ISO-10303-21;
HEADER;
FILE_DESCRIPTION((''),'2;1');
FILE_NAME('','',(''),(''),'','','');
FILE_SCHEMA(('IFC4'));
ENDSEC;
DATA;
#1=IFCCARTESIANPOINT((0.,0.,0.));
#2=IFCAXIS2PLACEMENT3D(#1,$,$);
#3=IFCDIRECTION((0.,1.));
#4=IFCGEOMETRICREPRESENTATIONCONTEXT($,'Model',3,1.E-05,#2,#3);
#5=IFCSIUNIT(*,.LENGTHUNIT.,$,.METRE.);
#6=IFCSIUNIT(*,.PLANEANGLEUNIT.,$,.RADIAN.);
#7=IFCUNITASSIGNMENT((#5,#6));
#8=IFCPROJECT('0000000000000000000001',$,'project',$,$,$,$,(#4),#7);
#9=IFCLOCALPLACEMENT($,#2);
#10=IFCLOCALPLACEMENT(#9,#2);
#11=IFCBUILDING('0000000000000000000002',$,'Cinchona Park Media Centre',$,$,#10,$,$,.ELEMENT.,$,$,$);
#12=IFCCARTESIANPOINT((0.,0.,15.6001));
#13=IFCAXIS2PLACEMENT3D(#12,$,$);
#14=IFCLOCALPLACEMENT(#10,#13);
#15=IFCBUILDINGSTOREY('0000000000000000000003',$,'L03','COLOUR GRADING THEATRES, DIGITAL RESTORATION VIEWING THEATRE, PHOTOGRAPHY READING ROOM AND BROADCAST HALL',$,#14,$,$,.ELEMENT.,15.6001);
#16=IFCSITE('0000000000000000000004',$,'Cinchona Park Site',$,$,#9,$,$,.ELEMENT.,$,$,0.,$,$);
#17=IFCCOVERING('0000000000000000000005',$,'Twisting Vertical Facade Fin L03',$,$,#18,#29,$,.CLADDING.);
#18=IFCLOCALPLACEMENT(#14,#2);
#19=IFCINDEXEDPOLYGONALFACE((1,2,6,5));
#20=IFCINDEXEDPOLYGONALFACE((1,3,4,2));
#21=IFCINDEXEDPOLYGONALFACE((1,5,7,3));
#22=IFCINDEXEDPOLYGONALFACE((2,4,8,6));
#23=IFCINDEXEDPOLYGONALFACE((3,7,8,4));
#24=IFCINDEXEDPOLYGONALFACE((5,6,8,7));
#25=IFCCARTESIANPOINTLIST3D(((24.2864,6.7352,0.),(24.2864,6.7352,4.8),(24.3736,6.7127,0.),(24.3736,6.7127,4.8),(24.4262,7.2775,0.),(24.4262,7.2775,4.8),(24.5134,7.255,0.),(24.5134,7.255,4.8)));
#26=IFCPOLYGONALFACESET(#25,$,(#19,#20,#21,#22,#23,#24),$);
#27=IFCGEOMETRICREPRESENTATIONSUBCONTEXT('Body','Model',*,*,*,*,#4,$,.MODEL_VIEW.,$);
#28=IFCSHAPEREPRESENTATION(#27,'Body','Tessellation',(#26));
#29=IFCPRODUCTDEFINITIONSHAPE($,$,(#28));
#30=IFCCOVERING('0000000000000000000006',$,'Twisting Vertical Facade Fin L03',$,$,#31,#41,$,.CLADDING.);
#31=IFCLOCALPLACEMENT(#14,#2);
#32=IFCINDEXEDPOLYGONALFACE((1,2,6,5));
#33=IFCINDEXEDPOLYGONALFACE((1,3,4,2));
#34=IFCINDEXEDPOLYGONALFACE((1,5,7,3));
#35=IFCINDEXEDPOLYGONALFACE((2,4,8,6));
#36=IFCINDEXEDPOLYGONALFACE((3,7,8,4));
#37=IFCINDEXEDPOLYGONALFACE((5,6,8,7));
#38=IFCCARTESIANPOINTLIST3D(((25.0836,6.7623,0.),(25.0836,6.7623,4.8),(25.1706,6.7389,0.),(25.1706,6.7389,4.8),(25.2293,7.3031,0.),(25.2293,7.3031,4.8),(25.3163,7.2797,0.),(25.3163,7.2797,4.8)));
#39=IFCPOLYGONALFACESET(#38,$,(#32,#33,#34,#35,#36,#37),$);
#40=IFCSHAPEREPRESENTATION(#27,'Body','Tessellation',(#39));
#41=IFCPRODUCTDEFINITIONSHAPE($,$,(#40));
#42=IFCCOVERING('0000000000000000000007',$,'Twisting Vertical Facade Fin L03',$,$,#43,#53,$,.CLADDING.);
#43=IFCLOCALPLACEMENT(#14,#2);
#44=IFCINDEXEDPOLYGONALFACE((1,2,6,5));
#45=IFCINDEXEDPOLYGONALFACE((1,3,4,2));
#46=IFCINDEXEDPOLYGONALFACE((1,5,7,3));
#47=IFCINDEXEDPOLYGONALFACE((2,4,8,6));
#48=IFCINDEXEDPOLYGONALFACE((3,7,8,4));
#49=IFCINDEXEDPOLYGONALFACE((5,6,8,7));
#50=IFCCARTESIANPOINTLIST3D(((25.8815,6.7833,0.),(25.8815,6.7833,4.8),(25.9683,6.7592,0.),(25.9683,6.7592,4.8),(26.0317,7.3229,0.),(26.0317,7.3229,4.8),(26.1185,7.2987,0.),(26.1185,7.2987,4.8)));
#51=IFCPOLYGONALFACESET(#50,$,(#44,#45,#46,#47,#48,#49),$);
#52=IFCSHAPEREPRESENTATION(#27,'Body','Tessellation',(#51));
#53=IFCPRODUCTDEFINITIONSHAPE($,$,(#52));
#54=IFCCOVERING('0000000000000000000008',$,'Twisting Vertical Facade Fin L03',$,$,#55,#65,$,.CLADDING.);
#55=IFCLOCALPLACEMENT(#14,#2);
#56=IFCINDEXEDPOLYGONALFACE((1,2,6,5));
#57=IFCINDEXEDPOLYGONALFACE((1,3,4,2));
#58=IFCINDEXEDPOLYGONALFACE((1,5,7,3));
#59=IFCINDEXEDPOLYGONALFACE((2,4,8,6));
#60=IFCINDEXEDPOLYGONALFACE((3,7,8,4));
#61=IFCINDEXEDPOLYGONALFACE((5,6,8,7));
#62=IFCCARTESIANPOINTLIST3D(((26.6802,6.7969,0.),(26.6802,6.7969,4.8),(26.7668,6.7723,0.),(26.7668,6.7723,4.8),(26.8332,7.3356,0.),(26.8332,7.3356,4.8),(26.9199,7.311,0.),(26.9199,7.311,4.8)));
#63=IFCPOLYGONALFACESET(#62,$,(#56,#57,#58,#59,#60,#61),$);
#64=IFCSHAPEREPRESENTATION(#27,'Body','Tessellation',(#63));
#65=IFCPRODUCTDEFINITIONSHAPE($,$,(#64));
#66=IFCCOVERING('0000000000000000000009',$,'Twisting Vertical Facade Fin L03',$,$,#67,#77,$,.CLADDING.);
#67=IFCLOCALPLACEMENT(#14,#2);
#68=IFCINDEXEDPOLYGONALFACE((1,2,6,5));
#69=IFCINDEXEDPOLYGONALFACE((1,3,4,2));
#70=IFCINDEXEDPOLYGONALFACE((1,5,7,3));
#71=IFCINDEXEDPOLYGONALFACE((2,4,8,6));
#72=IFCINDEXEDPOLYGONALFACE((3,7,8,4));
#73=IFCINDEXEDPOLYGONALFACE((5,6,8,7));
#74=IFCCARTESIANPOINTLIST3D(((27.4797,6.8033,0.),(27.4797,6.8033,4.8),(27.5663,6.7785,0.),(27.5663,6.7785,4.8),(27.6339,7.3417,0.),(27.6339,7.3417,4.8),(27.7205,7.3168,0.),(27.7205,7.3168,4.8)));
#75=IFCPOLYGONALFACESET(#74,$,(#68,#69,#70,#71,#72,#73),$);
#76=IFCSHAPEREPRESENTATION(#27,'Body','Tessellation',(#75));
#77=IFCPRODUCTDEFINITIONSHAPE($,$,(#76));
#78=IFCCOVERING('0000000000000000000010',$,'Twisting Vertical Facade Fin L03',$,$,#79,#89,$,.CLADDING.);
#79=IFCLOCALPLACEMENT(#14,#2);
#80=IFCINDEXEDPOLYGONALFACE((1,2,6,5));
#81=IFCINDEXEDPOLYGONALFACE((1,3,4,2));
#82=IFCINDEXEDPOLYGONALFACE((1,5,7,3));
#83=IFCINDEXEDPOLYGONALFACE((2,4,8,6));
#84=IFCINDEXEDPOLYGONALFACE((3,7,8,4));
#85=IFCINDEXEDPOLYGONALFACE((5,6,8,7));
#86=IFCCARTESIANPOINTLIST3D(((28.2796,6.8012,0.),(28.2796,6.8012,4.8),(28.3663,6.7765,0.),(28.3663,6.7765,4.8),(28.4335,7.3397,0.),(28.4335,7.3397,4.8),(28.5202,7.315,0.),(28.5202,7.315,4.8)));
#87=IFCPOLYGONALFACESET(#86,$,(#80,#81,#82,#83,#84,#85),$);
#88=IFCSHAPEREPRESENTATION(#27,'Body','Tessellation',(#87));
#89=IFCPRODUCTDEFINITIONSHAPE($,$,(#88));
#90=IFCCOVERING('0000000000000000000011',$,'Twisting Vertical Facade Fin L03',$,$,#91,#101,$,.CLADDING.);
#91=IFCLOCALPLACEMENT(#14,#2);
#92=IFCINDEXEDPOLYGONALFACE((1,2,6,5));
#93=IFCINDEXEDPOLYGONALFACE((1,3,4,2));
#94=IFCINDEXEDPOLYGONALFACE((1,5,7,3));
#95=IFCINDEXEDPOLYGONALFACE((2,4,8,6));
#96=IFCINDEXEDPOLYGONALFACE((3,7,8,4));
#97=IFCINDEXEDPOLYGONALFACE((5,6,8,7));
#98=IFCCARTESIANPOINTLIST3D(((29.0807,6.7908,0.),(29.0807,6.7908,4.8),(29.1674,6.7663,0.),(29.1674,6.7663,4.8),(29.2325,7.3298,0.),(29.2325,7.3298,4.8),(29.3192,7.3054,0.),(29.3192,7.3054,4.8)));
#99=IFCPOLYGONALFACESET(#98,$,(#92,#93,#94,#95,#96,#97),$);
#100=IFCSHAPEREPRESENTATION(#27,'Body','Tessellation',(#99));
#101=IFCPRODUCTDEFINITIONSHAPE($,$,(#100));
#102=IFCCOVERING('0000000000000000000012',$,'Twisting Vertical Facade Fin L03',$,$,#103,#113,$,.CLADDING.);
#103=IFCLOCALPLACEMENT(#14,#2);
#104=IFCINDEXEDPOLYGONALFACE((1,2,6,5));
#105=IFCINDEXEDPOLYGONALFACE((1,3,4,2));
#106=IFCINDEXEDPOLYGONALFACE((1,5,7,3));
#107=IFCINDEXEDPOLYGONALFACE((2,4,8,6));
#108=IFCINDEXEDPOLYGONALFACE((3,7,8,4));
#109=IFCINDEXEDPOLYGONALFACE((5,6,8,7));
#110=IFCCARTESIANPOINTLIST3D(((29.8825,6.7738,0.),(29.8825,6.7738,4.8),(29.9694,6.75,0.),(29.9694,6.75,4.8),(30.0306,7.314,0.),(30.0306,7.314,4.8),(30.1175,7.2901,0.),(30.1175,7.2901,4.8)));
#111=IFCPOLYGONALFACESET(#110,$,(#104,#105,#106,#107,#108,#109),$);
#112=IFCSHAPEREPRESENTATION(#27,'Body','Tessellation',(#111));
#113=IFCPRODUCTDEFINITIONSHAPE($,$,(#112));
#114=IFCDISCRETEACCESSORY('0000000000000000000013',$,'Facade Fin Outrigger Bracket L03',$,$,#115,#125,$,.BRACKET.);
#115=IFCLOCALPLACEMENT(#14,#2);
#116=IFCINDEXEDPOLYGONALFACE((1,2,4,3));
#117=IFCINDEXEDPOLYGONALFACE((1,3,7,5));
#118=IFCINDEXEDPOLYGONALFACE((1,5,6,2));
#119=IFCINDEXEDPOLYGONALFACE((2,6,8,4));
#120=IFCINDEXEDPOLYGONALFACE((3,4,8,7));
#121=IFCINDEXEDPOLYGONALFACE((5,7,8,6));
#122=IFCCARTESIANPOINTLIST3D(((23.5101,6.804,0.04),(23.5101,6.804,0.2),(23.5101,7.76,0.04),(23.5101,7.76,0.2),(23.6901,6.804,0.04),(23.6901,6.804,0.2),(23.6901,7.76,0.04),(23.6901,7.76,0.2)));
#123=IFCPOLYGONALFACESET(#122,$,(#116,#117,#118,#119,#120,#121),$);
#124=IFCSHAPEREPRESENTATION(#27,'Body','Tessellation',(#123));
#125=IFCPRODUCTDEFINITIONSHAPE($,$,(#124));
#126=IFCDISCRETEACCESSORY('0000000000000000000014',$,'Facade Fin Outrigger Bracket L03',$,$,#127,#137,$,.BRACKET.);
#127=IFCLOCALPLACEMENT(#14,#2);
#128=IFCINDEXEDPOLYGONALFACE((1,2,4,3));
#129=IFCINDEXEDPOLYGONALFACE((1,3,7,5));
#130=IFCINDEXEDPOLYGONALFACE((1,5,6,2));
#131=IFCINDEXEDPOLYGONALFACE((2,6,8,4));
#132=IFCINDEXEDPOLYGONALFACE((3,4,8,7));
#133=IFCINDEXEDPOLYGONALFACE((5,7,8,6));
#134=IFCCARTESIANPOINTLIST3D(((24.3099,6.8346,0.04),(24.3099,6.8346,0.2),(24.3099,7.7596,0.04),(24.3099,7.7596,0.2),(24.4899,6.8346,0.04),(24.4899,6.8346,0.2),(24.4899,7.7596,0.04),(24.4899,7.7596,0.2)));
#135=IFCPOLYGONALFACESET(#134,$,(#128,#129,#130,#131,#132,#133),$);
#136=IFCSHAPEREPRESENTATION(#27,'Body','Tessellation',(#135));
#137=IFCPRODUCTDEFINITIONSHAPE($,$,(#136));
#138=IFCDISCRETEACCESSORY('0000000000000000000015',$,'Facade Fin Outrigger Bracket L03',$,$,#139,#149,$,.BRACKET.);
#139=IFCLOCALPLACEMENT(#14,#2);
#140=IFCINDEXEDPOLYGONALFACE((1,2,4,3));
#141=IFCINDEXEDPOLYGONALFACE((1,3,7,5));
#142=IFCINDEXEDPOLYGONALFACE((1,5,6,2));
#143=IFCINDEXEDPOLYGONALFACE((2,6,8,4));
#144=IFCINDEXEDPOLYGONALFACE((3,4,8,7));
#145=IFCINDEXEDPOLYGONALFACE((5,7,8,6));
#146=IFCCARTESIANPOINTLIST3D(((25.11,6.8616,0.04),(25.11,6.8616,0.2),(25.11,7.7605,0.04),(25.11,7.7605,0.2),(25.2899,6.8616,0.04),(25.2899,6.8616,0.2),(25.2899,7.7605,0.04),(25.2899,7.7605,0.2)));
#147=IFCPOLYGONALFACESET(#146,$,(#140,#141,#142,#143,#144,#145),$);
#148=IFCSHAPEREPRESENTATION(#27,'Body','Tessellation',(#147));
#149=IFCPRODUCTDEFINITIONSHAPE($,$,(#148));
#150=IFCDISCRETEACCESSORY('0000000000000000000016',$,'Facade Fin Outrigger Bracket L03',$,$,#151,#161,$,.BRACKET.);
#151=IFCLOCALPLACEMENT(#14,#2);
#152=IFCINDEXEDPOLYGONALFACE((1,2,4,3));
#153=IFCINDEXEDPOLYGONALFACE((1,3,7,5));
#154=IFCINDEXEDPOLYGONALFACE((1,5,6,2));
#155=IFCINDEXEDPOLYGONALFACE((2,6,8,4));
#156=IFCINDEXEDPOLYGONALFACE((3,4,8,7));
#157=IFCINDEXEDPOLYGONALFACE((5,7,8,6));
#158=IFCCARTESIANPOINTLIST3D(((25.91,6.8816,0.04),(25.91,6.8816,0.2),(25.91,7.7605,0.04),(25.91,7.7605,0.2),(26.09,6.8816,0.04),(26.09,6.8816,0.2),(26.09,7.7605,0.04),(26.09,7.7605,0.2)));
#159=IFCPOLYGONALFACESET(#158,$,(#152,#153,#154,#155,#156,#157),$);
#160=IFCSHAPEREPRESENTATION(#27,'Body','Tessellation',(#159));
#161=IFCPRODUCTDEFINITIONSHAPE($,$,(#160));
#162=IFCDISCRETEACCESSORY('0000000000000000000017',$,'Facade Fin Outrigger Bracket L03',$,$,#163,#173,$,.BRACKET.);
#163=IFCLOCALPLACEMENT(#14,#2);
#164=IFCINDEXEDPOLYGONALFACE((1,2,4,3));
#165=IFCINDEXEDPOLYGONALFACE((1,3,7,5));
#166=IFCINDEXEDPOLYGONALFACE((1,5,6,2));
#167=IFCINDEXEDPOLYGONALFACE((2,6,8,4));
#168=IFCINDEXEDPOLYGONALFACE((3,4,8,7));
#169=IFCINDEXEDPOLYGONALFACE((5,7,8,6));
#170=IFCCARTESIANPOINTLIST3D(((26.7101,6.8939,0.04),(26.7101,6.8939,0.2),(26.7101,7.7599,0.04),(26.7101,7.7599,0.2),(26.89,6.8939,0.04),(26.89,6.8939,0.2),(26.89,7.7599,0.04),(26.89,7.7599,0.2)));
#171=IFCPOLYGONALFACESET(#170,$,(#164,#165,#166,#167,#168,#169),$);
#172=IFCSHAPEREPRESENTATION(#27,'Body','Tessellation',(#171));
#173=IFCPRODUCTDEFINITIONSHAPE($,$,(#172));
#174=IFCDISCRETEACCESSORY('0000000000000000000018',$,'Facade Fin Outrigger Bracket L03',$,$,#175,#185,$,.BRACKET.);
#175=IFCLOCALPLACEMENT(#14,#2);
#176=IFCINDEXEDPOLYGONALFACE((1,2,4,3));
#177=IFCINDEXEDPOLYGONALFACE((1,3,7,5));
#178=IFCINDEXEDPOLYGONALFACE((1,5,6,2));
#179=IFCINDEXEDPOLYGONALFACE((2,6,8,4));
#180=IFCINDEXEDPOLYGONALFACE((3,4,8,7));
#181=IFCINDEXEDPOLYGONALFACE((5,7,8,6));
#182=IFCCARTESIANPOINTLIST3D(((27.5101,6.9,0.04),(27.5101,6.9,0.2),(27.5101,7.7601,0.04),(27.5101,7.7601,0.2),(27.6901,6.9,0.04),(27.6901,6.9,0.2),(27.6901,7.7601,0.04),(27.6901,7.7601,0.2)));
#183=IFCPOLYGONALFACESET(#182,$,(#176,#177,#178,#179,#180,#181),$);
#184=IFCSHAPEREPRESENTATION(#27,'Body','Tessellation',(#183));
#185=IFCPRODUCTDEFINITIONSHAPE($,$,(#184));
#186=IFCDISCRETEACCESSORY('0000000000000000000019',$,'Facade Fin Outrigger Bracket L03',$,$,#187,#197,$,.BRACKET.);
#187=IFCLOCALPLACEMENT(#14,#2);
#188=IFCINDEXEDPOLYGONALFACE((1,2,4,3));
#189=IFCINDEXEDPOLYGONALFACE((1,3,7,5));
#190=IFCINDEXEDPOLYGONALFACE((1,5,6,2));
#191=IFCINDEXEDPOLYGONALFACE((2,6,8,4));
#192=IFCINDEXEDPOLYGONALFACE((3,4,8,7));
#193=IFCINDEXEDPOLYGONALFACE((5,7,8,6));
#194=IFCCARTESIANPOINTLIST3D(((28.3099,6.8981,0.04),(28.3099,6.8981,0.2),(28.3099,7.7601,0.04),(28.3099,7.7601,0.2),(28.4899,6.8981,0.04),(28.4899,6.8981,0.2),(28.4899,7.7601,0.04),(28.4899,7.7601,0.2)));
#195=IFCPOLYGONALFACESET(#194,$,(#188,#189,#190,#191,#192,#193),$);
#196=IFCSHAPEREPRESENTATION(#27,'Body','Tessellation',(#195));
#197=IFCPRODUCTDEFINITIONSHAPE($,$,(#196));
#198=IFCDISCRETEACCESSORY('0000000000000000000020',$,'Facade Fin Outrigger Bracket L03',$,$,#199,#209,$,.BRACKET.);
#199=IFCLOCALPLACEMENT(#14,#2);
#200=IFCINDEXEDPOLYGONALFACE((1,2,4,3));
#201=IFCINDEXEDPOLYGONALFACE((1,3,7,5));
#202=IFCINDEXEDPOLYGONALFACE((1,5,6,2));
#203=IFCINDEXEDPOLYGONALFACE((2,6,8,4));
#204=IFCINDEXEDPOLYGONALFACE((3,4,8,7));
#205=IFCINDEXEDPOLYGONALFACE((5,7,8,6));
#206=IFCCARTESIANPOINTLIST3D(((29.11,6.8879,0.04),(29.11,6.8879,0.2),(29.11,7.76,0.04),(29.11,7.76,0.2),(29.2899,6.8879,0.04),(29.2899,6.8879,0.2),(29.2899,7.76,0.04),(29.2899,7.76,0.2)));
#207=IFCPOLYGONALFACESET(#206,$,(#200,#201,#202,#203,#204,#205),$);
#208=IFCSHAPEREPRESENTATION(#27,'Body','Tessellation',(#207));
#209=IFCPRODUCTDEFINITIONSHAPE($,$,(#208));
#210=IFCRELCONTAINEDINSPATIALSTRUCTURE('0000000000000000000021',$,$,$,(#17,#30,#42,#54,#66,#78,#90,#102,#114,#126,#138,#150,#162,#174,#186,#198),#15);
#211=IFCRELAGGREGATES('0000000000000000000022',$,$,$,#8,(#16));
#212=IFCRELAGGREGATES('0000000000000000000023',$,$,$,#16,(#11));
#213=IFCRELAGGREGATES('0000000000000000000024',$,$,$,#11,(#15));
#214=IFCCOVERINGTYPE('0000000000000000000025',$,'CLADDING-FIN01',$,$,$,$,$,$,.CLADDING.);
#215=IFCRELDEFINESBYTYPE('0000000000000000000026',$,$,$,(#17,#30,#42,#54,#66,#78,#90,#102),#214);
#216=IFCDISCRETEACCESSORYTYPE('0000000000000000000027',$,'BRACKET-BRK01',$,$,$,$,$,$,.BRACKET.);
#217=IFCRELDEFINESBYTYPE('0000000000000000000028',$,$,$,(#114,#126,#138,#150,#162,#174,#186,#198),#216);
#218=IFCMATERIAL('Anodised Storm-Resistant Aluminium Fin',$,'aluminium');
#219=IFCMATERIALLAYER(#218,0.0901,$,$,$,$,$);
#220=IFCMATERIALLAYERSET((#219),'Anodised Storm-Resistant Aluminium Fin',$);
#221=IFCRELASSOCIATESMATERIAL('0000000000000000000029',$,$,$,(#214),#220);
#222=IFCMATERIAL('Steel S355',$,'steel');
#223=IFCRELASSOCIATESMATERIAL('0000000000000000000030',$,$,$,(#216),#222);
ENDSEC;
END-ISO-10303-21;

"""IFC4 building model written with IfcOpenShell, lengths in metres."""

from ifc_helpers import new_model, si_unit, direction, frame, origin, origin_2d, place, context, subcontext, project, spatial, rectangle, extrude, material, layer, layer_set, type_object, element, save


model = new_model("IFC4")

# Units and contexts
model_context = context("Model", 3, precision=1e-05, world=origin(), true_north=direction((0.0, 1.0)))
body_context = subcontext(model_context, "Body", "Model", "MODEL_VIEW")
ifc_project = project(units=[si_unit("LENGTHUNIT", "METRE"), si_unit("PLANEANGLEUNIT", "RADIAN")], contexts=[model_context])

# Site, building, storey
site_placement = place(None, origin())
site = spatial("IfcSite", under=ifc_project, at=site_placement, Name="Cinchona Park Site", CompositionType="ELEMENT", RefElevation=0.0)
building_placement = place(site_placement, origin())
building = spatial("IfcBuilding", under=site, at=building_placement, Name="Cinchona Park Media Centre", CompositionType="ELEMENT")
storey_placement = place(building_placement, frame((0.0, 0.0, 15.6001)))
storey = spatial("IfcBuildingStorey", under=building, at=storey_placement, Name="L03", Description="COLOUR GRADING THEATRES, DIGITAL RESTORATION VIEWING THEATRE, PHOTOGRAPHY READING ROOM AND BROADCAST HALL", CompositionType="ELEMENT", Elevation=15.6001)

# Coverings
ifc_material_1 = material(Name="Anodised Storm-Resistant Aluminium Fin", Category="aluminium")
ifc_layer_1 = layer(ifc_material_1, 0.0901)
ifc_layer_set_1 = layer_set([ifc_layer_1], Name="Anodised Storm-Resistant Aluminium Fin")
covering_type = type_object("IfcCoveringType", Name="CLADDING-FIN01", PredefinedType="CLADDING", material=ifc_layer_set_1)
for number, where, z_axis, x_axis, name in (
    (1, (24.3999, 6.9951, 0.0), (0.0, 0.0, 1.0), (0.249535, 0.968366, 0.0), "Twisting Vertical Facade Fin L03"),
    (2, (25.2, 7.021, 0.0), (0.0, 0.0, 1.0), (0.259999, 0.965609, 0.0), "Twisting Vertical Facade Fin L03"),
    (3, (26.0, 7.041, 0.0), (0.0, 0.0, 1.0), (0.268079, 0.963397, 0.0), "Twisting Vertical Facade Fin L03"),
    (4, (26.8, 7.054, 0.0), (0.0, 0.0, 1.0), (0.273288, 0.961932, 0.0), "Twisting Vertical Facade Fin L03"),
    (5, (27.6001, 7.0601, 0.0), (0.0, 0.0, 1.0), (0.27547, 0.96131, 0.0), "Twisting Vertical Facade Fin L03"),
    (6, (28.3999, 7.0581, 0.0), (0.0, 0.0, 1.0), (0.274798, 0.961502, 0.0), "Twisting Vertical Facade Fin L03"),
    (7, (29.2, 7.0481, 0.0), (0.0, 0.0, 1.0), (0.271104, 0.96255, 0.0), "Twisting Vertical Facade Fin L03"),
    (8, (30.0, 7.032, 0.0), (0.0, 0.0, 1.0), (0.264378, 0.964419, 0.0), "Twisting Vertical Facade Fin L03"),
):
    element("IfcCovering", number, at=place(storey_placement, frame(where, z_axis=z_axis, x_axis=x_axis)), inside=storey, type_object=covering_type, Name=name, PredefinedType="CLADDING", context=body_context, shape_type="SweptSolid", body=[
        extrude(rectangle(XDim=0.5601, YDim=0.0901, at=origin_2d()), origin(), (0.0, 0.0, 1.0), 4.8),
    ])

# Discrete accessories
ifc_material_2 = material(Name="Steel S355", Category="steel")
discrete_accessory_type = type_object("IfcDiscreteAccessoryType", Name="BRACKET-BRK01", PredefinedType="BRACKET", material=ifc_material_2)
discrete_accessory_1_placement = place(storey_placement, frame((23.6001, 7.282, 0.04), z_axis=(0.0, 0.0, 1.0), x_axis=(1.0, 0.0, 0.0)))
element("IfcDiscreteAccessory", 9, at=discrete_accessory_1_placement, inside=storey, type_object=discrete_accessory_type, Name="Facade Fin Outrigger Bracket L03", PredefinedType="BRACKET", context=body_context, shape_type="SweptSolid", body=[
    extrude(rectangle(XDim=0.1799, YDim=0.9561, at=origin_2d()), origin(), (0.0, 0.0, 1.0), 0.1599),
])
discrete_accessory_2_placement = place(storey_placement, frame((24.3999, 7.2971, 0.04), z_axis=(0.0, 0.0, 1.0), x_axis=(1.0, 0.0, 0.0)))
element("IfcDiscreteAccessory", 10, at=discrete_accessory_2_placement, inside=storey, type_object=discrete_accessory_type, Name="Facade Fin Outrigger Bracket L03", PredefinedType="BRACKET", context=body_context, shape_type="SweptSolid", body=[
    extrude(rectangle(XDim=0.1799, YDim=0.925, at=origin_2d()), origin(), (0.0, 0.0, 1.0), 0.1599),
])
discrete_accessory_3_placement = place(storey_placement, frame((25.2, 7.311, 0.04), z_axis=(0.0, 0.0, 1.0), x_axis=(1.0, 0.0, 0.0)))
element("IfcDiscreteAccessory", 11, at=discrete_accessory_3_placement, inside=storey, type_object=discrete_accessory_type, Name="Facade Fin Outrigger Bracket L03", PredefinedType="BRACKET", context=body_context, shape_type="SweptSolid", body=[
    extrude(rectangle(XDim=0.1799, YDim=0.8989, at=origin_2d()), origin(), (0.0, 0.0, 1.0), 0.1599),
])
discrete_accessory_4_placement = place(storey_placement, frame((26.0, 7.321, 0.04), z_axis=(0.0, 0.0, 1.0), x_axis=(1.0, 0.0, 0.0)))
element("IfcDiscreteAccessory", 12, at=discrete_accessory_4_placement, inside=storey, type_object=discrete_accessory_type, Name="Facade Fin Outrigger Bracket L03", PredefinedType="BRACKET", context=body_context, shape_type="SweptSolid", body=[
    extrude(rectangle(XDim=0.1799, YDim=0.8789, at=origin_2d()), origin(), (0.0, 0.0, 1.0), 0.1599),
])
discrete_accessory_5_placement = place(storey_placement, frame((26.8, 7.3269, 0.04), z_axis=(0.0, 0.0, 1.0), x_axis=(1.0, 0.0, 0.0)))
element("IfcDiscreteAccessory", 13, at=discrete_accessory_5_placement, inside=storey, type_object=discrete_accessory_type, Name="Facade Fin Outrigger Bracket L03", PredefinedType="BRACKET", context=body_context, shape_type="SweptSolid", body=[
    extrude(rectangle(XDim=0.1799, YDim=0.866, at=origin_2d()), origin(), (0.0, 0.0, 1.0), 0.1599),
])
discrete_accessory_6_placement = place(storey_placement, frame((27.6001, 7.3301, 0.04), z_axis=(0.0, 0.0, 1.0), x_axis=(1.0, 0.0, 0.0)))
element("IfcDiscreteAccessory", 14, at=discrete_accessory_6_placement, inside=storey, type_object=discrete_accessory_type, Name="Facade Fin Outrigger Bracket L03", PredefinedType="BRACKET", context=body_context, shape_type="SweptSolid", body=[
    extrude(rectangle(XDim=0.1799, YDim=0.8601, at=origin_2d()), origin(), (0.0, 0.0, 1.0), 0.1599),
])
discrete_accessory_7_placement = place(storey_placement, frame((28.3999, 7.3291, 0.04), z_axis=(0.0, 0.0, 1.0), x_axis=(1.0, 0.0, 0.0)))
element("IfcDiscreteAccessory", 15, at=discrete_accessory_7_placement, inside=storey, type_object=discrete_accessory_type, Name="Facade Fin Outrigger Bracket L03", PredefinedType="BRACKET", context=body_context, shape_type="SweptSolid", body=[
    extrude(rectangle(XDim=0.1799, YDim=0.8621, at=origin_2d()), origin(), (0.0, 0.0, 1.0), 0.1599),
])
discrete_accessory_8_placement = place(storey_placement, frame((29.2, 7.324, 0.04), z_axis=(0.0, 0.0, 1.0), x_axis=(1.0, 0.0, 0.0)))
element("IfcDiscreteAccessory", 16, at=discrete_accessory_8_placement, inside=storey, type_object=discrete_accessory_type, Name="Facade Fin Outrigger Bracket L03", PredefinedType="BRACKET", context=body_context, shape_type="SweptSolid", body=[
    extrude(rectangle(XDim=0.1799, YDim=0.8721, at=origin_2d()), origin(), (0.0, 0.0, 1.0), 0.1599),
])

save(model, "model.ifc")
